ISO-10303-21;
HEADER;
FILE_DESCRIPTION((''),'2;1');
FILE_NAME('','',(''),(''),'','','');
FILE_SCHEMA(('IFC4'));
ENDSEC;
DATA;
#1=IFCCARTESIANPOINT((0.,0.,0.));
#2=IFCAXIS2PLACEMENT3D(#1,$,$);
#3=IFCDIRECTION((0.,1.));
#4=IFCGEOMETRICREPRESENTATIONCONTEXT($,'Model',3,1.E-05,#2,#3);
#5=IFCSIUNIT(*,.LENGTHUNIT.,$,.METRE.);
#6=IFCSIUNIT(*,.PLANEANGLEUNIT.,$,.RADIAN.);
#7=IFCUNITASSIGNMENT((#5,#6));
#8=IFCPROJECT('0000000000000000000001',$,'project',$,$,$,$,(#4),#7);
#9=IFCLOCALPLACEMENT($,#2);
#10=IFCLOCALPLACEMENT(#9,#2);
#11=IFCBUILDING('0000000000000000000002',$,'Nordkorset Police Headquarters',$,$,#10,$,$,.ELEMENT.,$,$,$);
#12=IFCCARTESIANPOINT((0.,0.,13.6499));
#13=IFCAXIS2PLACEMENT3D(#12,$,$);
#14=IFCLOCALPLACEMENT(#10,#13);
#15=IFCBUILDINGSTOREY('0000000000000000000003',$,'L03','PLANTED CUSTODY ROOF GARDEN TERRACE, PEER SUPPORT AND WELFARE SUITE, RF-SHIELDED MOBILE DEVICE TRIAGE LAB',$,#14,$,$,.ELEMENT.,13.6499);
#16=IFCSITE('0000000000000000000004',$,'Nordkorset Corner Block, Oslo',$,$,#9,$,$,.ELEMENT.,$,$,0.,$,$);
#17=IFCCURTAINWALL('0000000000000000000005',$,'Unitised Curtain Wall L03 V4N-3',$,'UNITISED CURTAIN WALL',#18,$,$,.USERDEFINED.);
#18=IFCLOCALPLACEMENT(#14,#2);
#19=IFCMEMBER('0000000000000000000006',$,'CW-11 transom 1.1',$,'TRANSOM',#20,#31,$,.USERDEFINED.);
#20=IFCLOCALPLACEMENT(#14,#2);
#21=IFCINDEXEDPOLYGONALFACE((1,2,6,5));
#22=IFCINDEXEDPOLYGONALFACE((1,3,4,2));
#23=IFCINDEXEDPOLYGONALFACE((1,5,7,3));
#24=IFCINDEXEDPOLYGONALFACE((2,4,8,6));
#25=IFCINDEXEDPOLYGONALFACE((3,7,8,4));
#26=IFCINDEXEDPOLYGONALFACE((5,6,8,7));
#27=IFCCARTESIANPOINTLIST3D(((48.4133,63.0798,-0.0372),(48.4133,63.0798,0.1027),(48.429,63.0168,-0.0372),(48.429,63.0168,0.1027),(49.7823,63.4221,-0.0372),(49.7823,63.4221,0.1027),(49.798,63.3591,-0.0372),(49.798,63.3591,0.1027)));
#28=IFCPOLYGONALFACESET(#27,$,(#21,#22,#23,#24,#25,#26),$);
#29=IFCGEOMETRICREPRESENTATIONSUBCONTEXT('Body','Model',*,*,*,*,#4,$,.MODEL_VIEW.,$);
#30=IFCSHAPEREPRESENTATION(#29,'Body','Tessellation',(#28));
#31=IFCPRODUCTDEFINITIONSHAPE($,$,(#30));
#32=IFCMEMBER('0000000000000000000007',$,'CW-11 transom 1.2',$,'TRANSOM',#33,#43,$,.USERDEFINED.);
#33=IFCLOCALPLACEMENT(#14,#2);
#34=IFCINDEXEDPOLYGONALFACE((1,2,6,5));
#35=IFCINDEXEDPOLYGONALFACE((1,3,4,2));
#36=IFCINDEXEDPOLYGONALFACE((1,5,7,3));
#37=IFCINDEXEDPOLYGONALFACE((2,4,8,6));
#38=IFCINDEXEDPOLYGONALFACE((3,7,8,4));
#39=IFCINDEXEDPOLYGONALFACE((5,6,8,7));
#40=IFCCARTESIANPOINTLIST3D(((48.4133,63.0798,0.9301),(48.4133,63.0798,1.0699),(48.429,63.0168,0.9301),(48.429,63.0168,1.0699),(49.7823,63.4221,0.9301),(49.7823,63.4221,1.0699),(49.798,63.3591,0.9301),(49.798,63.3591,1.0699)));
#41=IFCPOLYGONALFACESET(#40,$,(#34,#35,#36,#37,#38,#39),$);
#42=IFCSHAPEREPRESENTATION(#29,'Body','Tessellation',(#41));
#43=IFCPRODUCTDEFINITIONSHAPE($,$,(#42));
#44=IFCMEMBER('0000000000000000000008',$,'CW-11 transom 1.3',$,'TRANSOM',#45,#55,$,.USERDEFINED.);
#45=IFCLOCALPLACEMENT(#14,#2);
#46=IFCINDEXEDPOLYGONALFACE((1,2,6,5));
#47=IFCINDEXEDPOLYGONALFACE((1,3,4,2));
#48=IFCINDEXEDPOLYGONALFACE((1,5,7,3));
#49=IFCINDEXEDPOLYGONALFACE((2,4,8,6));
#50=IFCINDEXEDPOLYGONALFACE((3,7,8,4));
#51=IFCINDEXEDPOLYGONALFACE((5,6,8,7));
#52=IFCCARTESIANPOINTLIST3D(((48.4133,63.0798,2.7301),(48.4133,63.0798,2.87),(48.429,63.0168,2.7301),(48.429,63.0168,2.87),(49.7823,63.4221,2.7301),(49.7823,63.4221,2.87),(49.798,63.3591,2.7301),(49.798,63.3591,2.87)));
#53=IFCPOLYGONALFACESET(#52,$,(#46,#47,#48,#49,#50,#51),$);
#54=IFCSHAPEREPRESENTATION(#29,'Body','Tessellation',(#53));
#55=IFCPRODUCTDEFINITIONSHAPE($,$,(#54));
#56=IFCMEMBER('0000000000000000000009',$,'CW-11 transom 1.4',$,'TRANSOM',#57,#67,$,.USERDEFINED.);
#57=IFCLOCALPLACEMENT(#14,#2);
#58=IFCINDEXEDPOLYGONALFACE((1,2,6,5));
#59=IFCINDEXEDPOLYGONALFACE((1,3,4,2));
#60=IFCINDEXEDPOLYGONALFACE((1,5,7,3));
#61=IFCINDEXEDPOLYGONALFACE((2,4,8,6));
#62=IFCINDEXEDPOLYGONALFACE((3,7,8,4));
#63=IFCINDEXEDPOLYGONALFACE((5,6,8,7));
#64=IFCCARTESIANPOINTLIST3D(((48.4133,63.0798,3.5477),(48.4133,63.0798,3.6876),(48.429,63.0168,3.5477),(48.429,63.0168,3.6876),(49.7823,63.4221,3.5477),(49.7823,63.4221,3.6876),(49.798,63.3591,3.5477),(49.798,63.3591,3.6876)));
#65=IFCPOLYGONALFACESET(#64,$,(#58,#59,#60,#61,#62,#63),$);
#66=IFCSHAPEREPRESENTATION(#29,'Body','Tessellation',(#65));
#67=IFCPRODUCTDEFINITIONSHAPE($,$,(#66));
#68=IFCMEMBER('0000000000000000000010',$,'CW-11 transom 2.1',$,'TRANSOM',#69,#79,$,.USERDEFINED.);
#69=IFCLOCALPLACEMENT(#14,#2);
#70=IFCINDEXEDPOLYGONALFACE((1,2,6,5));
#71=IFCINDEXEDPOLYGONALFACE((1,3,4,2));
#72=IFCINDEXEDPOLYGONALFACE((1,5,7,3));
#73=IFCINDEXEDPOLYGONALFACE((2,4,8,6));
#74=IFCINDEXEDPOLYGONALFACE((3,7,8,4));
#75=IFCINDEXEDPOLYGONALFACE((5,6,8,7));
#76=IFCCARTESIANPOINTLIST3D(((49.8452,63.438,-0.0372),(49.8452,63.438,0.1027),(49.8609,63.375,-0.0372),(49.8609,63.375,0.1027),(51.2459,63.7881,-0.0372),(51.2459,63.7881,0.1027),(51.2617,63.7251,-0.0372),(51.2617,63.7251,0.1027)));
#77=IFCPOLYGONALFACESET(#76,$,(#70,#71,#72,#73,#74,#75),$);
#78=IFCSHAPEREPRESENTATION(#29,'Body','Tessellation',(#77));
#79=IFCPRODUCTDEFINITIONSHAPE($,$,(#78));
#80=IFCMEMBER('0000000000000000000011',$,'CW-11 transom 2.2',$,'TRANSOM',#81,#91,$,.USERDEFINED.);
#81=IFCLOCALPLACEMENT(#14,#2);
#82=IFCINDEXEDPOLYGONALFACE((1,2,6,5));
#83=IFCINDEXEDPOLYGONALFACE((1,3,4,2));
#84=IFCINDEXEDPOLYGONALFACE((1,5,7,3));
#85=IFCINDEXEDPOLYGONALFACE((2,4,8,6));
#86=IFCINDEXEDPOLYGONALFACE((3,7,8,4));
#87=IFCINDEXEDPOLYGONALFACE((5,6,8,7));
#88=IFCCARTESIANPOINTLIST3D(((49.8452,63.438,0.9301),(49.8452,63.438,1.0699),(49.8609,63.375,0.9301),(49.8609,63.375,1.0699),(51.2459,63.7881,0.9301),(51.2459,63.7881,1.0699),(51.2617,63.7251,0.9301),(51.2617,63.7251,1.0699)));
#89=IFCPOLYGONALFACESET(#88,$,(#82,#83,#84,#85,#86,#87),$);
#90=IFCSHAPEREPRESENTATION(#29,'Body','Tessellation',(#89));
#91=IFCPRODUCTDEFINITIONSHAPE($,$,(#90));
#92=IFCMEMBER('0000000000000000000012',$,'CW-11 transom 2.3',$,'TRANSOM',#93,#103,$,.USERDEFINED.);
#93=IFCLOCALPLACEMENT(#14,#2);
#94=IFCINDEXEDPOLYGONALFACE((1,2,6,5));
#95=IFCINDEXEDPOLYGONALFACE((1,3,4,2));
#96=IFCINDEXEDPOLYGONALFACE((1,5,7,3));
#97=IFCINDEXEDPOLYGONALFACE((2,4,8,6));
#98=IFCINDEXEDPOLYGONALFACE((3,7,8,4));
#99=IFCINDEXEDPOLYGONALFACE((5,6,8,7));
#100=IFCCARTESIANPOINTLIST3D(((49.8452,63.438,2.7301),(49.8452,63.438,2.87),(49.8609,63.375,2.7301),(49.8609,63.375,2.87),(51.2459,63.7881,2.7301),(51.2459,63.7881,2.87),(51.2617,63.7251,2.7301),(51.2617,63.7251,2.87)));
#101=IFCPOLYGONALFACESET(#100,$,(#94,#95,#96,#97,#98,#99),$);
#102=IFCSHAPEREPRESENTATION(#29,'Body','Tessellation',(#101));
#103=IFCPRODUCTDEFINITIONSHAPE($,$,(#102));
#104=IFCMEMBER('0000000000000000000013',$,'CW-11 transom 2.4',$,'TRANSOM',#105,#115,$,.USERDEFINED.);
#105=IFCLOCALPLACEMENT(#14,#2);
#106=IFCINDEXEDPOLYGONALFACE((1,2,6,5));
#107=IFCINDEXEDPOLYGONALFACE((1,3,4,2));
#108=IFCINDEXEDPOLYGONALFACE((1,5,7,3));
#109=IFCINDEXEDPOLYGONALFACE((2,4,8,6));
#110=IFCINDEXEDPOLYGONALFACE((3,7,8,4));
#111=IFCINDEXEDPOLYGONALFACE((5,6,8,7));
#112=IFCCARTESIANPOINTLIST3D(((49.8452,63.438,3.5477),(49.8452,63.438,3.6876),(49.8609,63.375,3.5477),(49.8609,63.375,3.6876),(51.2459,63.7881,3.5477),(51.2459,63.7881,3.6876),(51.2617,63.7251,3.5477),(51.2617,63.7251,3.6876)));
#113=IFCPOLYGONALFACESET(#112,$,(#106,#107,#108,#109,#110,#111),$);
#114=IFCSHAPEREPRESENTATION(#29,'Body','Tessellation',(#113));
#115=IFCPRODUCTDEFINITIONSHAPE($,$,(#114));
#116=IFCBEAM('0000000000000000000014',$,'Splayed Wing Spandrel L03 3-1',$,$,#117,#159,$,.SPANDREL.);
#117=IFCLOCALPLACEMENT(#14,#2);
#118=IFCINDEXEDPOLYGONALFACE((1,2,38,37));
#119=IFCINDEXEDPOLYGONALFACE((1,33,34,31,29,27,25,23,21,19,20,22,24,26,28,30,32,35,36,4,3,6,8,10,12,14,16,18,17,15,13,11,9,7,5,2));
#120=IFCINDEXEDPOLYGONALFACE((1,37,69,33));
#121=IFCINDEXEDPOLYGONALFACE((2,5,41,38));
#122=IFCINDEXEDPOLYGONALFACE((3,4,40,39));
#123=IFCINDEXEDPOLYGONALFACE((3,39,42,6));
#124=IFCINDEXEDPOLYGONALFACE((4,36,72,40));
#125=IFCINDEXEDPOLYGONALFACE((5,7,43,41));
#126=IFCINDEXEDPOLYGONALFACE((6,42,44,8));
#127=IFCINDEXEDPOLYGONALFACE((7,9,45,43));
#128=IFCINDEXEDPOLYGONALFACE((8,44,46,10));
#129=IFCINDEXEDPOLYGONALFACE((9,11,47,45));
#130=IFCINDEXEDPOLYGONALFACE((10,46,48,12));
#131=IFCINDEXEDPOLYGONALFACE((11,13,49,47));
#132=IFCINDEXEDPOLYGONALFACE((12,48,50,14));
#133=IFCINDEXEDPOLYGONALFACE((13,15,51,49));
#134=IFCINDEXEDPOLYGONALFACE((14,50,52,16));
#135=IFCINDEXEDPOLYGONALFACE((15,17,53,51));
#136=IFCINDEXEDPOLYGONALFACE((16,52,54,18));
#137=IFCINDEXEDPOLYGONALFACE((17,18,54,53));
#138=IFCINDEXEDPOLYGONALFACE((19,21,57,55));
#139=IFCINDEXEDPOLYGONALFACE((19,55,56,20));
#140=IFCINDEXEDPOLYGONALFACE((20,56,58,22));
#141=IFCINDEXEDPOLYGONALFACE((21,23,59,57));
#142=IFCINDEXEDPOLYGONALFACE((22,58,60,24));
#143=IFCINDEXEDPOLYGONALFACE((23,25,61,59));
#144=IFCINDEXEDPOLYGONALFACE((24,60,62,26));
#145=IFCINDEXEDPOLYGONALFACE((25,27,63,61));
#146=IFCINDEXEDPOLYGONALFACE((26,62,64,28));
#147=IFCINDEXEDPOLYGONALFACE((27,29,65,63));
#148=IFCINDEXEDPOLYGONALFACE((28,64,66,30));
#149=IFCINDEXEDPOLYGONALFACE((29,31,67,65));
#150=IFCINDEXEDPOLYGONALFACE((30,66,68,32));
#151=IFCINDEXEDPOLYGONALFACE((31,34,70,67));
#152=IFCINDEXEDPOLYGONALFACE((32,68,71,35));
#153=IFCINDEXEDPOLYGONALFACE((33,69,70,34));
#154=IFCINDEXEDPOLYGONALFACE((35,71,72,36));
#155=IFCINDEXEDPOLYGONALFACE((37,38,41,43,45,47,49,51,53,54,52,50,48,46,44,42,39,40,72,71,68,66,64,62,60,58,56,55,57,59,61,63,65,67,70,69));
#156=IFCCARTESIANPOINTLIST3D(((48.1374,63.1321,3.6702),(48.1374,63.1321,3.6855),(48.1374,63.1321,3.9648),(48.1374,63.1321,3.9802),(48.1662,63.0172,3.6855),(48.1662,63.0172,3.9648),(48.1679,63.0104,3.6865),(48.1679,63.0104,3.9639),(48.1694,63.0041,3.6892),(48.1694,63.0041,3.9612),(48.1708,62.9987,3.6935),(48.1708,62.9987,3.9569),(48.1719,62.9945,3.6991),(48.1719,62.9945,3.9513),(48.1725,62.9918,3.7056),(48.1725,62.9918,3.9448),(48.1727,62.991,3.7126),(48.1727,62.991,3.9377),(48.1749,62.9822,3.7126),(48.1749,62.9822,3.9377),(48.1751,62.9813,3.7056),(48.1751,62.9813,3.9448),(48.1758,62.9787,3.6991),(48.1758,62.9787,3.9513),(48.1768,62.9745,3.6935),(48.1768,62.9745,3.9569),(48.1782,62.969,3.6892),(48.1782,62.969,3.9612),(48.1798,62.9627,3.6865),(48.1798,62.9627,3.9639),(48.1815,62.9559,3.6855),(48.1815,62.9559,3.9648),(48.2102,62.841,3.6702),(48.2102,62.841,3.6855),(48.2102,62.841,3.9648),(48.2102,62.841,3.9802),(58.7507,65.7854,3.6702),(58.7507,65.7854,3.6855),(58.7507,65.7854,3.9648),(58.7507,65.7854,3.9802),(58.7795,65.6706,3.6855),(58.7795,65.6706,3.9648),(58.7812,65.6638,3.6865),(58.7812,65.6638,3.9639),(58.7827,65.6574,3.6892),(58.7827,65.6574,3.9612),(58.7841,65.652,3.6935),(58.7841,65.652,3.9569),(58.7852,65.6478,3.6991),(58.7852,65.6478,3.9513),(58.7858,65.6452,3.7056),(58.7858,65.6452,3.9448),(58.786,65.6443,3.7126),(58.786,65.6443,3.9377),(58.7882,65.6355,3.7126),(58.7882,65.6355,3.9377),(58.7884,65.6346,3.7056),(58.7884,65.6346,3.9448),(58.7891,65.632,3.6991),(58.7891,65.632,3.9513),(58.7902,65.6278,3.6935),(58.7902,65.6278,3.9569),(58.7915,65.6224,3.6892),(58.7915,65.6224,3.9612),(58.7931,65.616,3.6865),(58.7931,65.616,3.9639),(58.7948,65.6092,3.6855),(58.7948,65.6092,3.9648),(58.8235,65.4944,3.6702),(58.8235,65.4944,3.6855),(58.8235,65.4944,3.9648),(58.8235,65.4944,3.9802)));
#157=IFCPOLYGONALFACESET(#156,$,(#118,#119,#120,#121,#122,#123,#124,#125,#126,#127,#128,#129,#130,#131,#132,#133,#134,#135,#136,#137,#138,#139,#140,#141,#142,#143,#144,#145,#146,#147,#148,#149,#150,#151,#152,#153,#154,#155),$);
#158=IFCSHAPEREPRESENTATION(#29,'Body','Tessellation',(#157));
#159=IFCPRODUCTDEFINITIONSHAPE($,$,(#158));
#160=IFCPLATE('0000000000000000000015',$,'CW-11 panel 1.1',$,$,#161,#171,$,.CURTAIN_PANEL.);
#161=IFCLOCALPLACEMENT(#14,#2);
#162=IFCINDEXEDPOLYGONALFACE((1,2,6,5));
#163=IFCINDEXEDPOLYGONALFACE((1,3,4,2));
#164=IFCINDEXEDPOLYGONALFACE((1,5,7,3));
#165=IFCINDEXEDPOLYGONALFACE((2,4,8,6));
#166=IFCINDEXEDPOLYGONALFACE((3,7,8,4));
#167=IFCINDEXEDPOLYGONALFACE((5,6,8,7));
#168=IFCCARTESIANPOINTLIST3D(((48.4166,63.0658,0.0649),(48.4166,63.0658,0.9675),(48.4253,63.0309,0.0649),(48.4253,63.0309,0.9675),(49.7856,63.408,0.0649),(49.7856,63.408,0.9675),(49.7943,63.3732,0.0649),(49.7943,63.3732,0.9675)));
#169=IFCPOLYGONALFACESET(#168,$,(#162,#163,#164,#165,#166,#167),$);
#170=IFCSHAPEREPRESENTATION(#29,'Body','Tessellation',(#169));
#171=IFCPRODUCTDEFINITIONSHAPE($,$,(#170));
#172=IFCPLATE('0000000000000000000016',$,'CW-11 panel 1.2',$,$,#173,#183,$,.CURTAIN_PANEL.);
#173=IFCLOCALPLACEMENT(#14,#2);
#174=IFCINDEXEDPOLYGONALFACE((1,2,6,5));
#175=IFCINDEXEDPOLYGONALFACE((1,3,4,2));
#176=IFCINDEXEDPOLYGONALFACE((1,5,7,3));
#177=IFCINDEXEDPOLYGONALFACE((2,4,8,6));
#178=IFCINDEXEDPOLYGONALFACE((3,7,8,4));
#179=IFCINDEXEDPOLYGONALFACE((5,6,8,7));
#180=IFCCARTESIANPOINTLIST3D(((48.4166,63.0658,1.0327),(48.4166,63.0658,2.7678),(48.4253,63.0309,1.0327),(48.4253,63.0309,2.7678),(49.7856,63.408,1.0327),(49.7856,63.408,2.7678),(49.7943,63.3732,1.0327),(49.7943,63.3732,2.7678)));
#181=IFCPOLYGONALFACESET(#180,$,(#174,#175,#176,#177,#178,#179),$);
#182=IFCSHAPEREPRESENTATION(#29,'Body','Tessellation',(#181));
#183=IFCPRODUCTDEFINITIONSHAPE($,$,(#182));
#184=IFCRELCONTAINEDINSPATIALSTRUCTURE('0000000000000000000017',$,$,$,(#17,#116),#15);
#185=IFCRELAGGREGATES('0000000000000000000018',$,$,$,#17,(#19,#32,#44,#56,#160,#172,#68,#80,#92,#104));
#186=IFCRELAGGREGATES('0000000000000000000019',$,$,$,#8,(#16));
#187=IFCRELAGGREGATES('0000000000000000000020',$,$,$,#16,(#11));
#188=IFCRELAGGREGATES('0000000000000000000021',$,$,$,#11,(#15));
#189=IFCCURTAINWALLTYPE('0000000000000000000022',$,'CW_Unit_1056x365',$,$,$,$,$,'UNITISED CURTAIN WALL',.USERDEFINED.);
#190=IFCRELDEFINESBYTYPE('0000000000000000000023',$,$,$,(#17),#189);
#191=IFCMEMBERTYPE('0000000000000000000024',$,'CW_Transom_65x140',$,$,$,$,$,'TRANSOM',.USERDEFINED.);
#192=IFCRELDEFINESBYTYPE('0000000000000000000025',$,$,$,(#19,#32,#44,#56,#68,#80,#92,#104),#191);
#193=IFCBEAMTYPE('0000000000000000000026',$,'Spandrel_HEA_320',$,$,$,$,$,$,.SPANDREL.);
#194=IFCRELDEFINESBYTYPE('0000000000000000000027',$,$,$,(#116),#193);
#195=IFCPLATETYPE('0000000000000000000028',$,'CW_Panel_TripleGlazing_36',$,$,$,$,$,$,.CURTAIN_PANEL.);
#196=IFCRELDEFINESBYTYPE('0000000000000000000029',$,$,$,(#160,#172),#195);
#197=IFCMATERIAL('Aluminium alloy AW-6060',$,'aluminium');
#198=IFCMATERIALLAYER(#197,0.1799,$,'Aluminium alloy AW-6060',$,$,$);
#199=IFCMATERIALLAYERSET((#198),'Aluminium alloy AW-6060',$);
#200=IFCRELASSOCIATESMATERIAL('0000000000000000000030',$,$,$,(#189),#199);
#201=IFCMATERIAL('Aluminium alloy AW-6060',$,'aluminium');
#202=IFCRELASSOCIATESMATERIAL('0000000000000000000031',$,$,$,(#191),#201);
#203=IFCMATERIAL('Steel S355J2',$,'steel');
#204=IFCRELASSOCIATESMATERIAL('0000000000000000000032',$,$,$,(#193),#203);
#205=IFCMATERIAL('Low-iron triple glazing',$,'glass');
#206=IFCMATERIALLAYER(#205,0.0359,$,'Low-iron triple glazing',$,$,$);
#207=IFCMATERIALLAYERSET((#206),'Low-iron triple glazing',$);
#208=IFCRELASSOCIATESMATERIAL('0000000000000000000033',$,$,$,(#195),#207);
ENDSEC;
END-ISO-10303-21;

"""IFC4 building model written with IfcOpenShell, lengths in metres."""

from ifc_helpers import new_model, si_unit, direction, frame, origin, origin_2d, place, context, subcontext, project, spatial, rectangle, i_section, extrude, material, layer, layer_set, material_profile, profile_set, type_object, element, aggregate, save


model = new_model("IFC4")

# Units and contexts
model_context = context("Model", 3, precision=1e-05, world=origin(), true_north=direction((0.0, 1.0)))
body_context = subcontext(model_context, "Body", "Model", "MODEL_VIEW")
ifc_project = project(units=[si_unit("LENGTHUNIT", "METRE"), si_unit("PLANEANGLEUNIT", "RADIAN")], contexts=[model_context])

# Site, building, storey
site_placement = place(None, origin())
site = spatial("IfcSite", under=ifc_project, at=site_placement, Name="Nordkorset Corner Block, Oslo", CompositionType="ELEMENT", RefElevation=0.0)
building_placement = place(site_placement, origin())
building = spatial("IfcBuilding", under=site, at=building_placement, Name="Nordkorset Police Headquarters", CompositionType="ELEMENT")
storey_placement = place(building_placement, frame((0.0, 0.0, 13.6499)))
storey = spatial("IfcBuildingStorey", under=building, at=storey_placement, Name="L03", Description="PLANTED CUSTODY ROOF GARDEN TERRACE, PEER SUPPORT AND WELFARE SUITE, RF-SHIELDED MOBILE DEVICE TRIAGE LAB", CompositionType="ELEMENT", Elevation=13.6499)

# Curtain wall, members
ifc_material_1 = material(Name="Aluminium alloy AW-6060", Category="aluminium")
ifc_layer_1 = layer(ifc_material_1, 0.1799, Name="Aluminium alloy AW-6060")
ifc_layer_set_1 = layer_set([ifc_layer_1], Name="Aluminium alloy AW-6060")
curtain_wall_type_1 = type_object("IfcCurtainWallType", Name="CW_Unit_1056x365", ElementType="UNITISED CURTAIN WALL", PredefinedType="USERDEFINED", material=ifc_layer_set_1)
curtain_wall_1_placement = place(storey_placement, origin())
curtain_wall_1 = element("IfcCurtainWall", 1, at=curtain_wall_1_placement, inside=storey, type_object=curtain_wall_type_1, Name="Unitised Curtain Wall L03 V4N-3", ObjectType="UNITISED CURTAIN WALL", PredefinedType="USERDEFINED")
ifc_material_2 = material(Name="Aluminium alloy AW-6060", Category="aluminium")
ifc_material_profile_1 = material_profile(ifc_material_2, rectangle(XDim=0.0649, YDim=0.1399, at=origin_2d()), Name="ALU TRAN 65x140")
ifc_profile_set_1 = profile_set([ifc_material_profile_1], Name="Aluminium alloy AW-6060")
member_type_1 = type_object("IfcMemberType", Name="CW_Transom_65x140", ElementType="TRANSOM", PredefinedType="USERDEFINED", material=ifc_profile_set_1)
member_1_placement = place(storey_placement, frame((48.4211, 63.0483, 0.0327), z_axis=(0.970132, 0.242576, 0.0), x_axis=(-0.242576, 0.970132, 0.0)))
member_1 = element("IfcMember", 2, at=member_1_placement, type_object=member_type_1, Name="CW-11 transom 1.1", ObjectType="TRANSOM", PredefinedType="USERDEFINED", context=body_context, shape_type="SweptSolid", body=[
    extrude(rectangle(XDim=0.0649, YDim=0.1399, at=origin_2d()), origin(), (0.0, 0.0, 1.0), 1.4111),
])
member_2_placement = place(storey_placement, frame((48.4211, 63.0483, 1.0), z_axis=(0.970132, 0.242576, 0.0), x_axis=(-0.242576, 0.970132, 0.0)))
member_2 = element("IfcMember", 3, at=member_2_placement, type_object=member_type_1, Name="CW-11 transom 1.2", ObjectType="TRANSOM", PredefinedType="USERDEFINED", context=body_context, shape_type="SweptSolid", body=[
    extrude(rectangle(XDim=0.0649, YDim=0.1399, at=origin_2d()), origin(), (0.0, 0.0, 1.0), 1.4111),
])
member_3_placement = place(storey_placement, frame((48.4211, 63.0483, 2.8), z_axis=(0.970132, 0.242576, 0.0), x_axis=(-0.242576, 0.970132, 0.0)))
member_3 = element("IfcMember", 4, at=member_3_placement, type_object=member_type_1, Name="CW-11 transom 1.3", ObjectType="TRANSOM", PredefinedType="USERDEFINED", context=body_context, shape_type="SweptSolid", body=[
    extrude(rectangle(XDim=0.0649, YDim=0.1399, at=origin_2d()), origin(), (0.0, 0.0, 1.0), 1.4111),
])
member_4_placement = place(storey_placement, frame((48.4211, 63.0483, 3.6177), z_axis=(0.970132, 0.242576, 0.0), x_axis=(-0.242576, 0.970132, 0.0)))
member_4 = element("IfcMember", 5, at=member_4_placement, type_object=member_type_1, Name="CW-11 transom 1.4", ObjectType="TRANSOM", PredefinedType="USERDEFINED", context=body_context, shape_type="SweptSolid", body=[
    extrude(rectangle(XDim=0.0649, YDim=0.1399, at=origin_2d()), origin(), (0.0, 0.0, 1.0), 1.4111),
])
member_5_placement = place(storey_placement, frame((49.853, 63.4065, 0.0327), z_axis=(0.970152, 0.242496, 0.0), x_axis=(-0.242496, 0.970152, 0.0)))
member_5 = element("IfcMember", 6, at=member_5_placement, type_object=member_type_1, Name="CW-11 transom 2.1", ObjectType="TRANSOM", PredefinedType="USERDEFINED", context=body_context, shape_type="SweptSolid", body=[
    extrude(rectangle(XDim=0.0649, YDim=0.1399, at=origin_2d()), origin(), (0.0, 0.0, 1.0), 1.4438),
])
member_6_placement = place(storey_placement, frame((49.853, 63.4065, 1.0), z_axis=(0.970152, 0.242496, 0.0), x_axis=(-0.242496, 0.970152, 0.0)))
member_6 = element("IfcMember", 7, at=member_6_placement, type_object=member_type_1, Name="CW-11 transom 2.2", ObjectType="TRANSOM", PredefinedType="USERDEFINED", context=body_context, shape_type="SweptSolid", body=[
    extrude(rectangle(XDim=0.0649, YDim=0.1399, at=origin_2d()), origin(), (0.0, 0.0, 1.0), 1.4438),
])
member_7_placement = place(storey_placement, frame((49.853, 63.4065, 2.8), z_axis=(0.970152, 0.242496, 0.0), x_axis=(-0.242496, 0.970152, 0.0)))
member_7 = element("IfcMember", 8, at=member_7_placement, type_object=member_type_1, Name="CW-11 transom 2.3", ObjectType="TRANSOM", PredefinedType="USERDEFINED", context=body_context, shape_type="SweptSolid", body=[
    extrude(rectangle(XDim=0.0649, YDim=0.1399, at=origin_2d()), origin(), (0.0, 0.0, 1.0), 1.4438),
])
member_8_placement = place(storey_placement, frame((49.853, 63.4065, 3.6177), z_axis=(0.970152, 0.242496, 0.0), x_axis=(-0.242496, 0.970152, 0.0)))
member_8 = element("IfcMember", 9, at=member_8_placement, type_object=member_type_1, Name="CW-11 transom 2.4", ObjectType="TRANSOM", PredefinedType="USERDEFINED", context=body_context, shape_type="SweptSolid", body=[
    extrude(rectangle(XDim=0.0649, YDim=0.1399, at=origin_2d()), origin(), (0.0, 0.0, 1.0), 1.4438),
])

# Beam
ifc_material_3 = material(Name="Steel S355J2", Category="steel")
ifc_material_profile_2 = material_profile(ifc_material_3, i_section(OverallWidth=0.3, OverallDepth=0.3101, WebThickness=0.009, FlangeThickness=0.0154, FilletRadius=0.0271, at=origin_2d()), Name="HEA 320")
ifc_profile_set_2 = profile_set([ifc_material_profile_2], Name="Steel S355J2")
beam_type_1 = type_object("IfcBeamType", Name="Spandrel_HEA_320", PredefinedType="SPANDREL", material=ifc_profile_set_2)
beam_placement = place(storey_placement, frame((48.1738, 62.9866, 3.8252), z_axis=(0.970143, 0.242536, 0.0), x_axis=(-0.242536, 0.970143, 0.0)))
element("IfcBeam", 10, at=beam_placement, inside=storey, type_object=beam_type_1, Name="Splayed Wing Spandrel L03 3-1", PredefinedType="SPANDREL", context=body_context, shape_type="SweptSolid", body=[
    extrude(i_section(OverallWidth=0.3, OverallDepth=0.3101, WebThickness=0.009, FlangeThickness=0.0154, FilletRadius=0.0271, at=origin_2d()), origin(), (0.0, 0.0, 1.0), 10.9399),
])

# Plates
ifc_material_4 = material(Name="Low-iron triple glazing", Category="glass")
ifc_layer_2 = layer(ifc_material_4, 0.0359, Name="Low-iron triple glazing")
ifc_layer_set_2 = layer_set([ifc_layer_2], Name="Low-iron triple glazing")
plate_type = type_object("IfcPlateType", Name="CW_Panel_TripleGlazing_36", PredefinedType="CURTAIN_PANEL", material=ifc_layer_set_2)
plate_1_placement = place(storey_placement, frame((49.1055, 63.2195, 0.0649), z_axis=(0.0, 0.0, 1.0), x_axis=(0.970142, 0.242536, 0.0)))
plate_1 = element("IfcPlate", 11, at=plate_1_placement, type_object=plate_type, Name="CW-11 panel 1.1", PredefinedType="CURTAIN_PANEL", context=body_context, shape_type="SweptSolid", body=[
    extrude(rectangle(XDim=1.4111, YDim=0.0359, at=origin_2d()), origin(), (0.0, 0.0, 1.0), 0.9026),
])
plate_2_placement = place(storey_placement, frame((49.1055, 63.2195, 1.0327), z_axis=(0.0, 0.0, 1.0), x_axis=(0.970142, 0.242536, 0.0)))
plate_2 = element("IfcPlate", 12, at=plate_2_placement, type_object=plate_type, Name="CW-11 panel 1.2", PredefinedType="CURTAIN_PANEL", context=body_context, shape_type="SweptSolid", body=[
    extrude(rectangle(XDim=1.4111, YDim=0.0359, at=origin_2d()), origin(), (0.0, 0.0, 1.0), 1.7351),
])
aggregate(curtain_wall_1, [member_1, member_2, member_3, member_4, plate_1, plate_2, member_5, member_6, member_7, member_8])

save(model, "model.ifc")
